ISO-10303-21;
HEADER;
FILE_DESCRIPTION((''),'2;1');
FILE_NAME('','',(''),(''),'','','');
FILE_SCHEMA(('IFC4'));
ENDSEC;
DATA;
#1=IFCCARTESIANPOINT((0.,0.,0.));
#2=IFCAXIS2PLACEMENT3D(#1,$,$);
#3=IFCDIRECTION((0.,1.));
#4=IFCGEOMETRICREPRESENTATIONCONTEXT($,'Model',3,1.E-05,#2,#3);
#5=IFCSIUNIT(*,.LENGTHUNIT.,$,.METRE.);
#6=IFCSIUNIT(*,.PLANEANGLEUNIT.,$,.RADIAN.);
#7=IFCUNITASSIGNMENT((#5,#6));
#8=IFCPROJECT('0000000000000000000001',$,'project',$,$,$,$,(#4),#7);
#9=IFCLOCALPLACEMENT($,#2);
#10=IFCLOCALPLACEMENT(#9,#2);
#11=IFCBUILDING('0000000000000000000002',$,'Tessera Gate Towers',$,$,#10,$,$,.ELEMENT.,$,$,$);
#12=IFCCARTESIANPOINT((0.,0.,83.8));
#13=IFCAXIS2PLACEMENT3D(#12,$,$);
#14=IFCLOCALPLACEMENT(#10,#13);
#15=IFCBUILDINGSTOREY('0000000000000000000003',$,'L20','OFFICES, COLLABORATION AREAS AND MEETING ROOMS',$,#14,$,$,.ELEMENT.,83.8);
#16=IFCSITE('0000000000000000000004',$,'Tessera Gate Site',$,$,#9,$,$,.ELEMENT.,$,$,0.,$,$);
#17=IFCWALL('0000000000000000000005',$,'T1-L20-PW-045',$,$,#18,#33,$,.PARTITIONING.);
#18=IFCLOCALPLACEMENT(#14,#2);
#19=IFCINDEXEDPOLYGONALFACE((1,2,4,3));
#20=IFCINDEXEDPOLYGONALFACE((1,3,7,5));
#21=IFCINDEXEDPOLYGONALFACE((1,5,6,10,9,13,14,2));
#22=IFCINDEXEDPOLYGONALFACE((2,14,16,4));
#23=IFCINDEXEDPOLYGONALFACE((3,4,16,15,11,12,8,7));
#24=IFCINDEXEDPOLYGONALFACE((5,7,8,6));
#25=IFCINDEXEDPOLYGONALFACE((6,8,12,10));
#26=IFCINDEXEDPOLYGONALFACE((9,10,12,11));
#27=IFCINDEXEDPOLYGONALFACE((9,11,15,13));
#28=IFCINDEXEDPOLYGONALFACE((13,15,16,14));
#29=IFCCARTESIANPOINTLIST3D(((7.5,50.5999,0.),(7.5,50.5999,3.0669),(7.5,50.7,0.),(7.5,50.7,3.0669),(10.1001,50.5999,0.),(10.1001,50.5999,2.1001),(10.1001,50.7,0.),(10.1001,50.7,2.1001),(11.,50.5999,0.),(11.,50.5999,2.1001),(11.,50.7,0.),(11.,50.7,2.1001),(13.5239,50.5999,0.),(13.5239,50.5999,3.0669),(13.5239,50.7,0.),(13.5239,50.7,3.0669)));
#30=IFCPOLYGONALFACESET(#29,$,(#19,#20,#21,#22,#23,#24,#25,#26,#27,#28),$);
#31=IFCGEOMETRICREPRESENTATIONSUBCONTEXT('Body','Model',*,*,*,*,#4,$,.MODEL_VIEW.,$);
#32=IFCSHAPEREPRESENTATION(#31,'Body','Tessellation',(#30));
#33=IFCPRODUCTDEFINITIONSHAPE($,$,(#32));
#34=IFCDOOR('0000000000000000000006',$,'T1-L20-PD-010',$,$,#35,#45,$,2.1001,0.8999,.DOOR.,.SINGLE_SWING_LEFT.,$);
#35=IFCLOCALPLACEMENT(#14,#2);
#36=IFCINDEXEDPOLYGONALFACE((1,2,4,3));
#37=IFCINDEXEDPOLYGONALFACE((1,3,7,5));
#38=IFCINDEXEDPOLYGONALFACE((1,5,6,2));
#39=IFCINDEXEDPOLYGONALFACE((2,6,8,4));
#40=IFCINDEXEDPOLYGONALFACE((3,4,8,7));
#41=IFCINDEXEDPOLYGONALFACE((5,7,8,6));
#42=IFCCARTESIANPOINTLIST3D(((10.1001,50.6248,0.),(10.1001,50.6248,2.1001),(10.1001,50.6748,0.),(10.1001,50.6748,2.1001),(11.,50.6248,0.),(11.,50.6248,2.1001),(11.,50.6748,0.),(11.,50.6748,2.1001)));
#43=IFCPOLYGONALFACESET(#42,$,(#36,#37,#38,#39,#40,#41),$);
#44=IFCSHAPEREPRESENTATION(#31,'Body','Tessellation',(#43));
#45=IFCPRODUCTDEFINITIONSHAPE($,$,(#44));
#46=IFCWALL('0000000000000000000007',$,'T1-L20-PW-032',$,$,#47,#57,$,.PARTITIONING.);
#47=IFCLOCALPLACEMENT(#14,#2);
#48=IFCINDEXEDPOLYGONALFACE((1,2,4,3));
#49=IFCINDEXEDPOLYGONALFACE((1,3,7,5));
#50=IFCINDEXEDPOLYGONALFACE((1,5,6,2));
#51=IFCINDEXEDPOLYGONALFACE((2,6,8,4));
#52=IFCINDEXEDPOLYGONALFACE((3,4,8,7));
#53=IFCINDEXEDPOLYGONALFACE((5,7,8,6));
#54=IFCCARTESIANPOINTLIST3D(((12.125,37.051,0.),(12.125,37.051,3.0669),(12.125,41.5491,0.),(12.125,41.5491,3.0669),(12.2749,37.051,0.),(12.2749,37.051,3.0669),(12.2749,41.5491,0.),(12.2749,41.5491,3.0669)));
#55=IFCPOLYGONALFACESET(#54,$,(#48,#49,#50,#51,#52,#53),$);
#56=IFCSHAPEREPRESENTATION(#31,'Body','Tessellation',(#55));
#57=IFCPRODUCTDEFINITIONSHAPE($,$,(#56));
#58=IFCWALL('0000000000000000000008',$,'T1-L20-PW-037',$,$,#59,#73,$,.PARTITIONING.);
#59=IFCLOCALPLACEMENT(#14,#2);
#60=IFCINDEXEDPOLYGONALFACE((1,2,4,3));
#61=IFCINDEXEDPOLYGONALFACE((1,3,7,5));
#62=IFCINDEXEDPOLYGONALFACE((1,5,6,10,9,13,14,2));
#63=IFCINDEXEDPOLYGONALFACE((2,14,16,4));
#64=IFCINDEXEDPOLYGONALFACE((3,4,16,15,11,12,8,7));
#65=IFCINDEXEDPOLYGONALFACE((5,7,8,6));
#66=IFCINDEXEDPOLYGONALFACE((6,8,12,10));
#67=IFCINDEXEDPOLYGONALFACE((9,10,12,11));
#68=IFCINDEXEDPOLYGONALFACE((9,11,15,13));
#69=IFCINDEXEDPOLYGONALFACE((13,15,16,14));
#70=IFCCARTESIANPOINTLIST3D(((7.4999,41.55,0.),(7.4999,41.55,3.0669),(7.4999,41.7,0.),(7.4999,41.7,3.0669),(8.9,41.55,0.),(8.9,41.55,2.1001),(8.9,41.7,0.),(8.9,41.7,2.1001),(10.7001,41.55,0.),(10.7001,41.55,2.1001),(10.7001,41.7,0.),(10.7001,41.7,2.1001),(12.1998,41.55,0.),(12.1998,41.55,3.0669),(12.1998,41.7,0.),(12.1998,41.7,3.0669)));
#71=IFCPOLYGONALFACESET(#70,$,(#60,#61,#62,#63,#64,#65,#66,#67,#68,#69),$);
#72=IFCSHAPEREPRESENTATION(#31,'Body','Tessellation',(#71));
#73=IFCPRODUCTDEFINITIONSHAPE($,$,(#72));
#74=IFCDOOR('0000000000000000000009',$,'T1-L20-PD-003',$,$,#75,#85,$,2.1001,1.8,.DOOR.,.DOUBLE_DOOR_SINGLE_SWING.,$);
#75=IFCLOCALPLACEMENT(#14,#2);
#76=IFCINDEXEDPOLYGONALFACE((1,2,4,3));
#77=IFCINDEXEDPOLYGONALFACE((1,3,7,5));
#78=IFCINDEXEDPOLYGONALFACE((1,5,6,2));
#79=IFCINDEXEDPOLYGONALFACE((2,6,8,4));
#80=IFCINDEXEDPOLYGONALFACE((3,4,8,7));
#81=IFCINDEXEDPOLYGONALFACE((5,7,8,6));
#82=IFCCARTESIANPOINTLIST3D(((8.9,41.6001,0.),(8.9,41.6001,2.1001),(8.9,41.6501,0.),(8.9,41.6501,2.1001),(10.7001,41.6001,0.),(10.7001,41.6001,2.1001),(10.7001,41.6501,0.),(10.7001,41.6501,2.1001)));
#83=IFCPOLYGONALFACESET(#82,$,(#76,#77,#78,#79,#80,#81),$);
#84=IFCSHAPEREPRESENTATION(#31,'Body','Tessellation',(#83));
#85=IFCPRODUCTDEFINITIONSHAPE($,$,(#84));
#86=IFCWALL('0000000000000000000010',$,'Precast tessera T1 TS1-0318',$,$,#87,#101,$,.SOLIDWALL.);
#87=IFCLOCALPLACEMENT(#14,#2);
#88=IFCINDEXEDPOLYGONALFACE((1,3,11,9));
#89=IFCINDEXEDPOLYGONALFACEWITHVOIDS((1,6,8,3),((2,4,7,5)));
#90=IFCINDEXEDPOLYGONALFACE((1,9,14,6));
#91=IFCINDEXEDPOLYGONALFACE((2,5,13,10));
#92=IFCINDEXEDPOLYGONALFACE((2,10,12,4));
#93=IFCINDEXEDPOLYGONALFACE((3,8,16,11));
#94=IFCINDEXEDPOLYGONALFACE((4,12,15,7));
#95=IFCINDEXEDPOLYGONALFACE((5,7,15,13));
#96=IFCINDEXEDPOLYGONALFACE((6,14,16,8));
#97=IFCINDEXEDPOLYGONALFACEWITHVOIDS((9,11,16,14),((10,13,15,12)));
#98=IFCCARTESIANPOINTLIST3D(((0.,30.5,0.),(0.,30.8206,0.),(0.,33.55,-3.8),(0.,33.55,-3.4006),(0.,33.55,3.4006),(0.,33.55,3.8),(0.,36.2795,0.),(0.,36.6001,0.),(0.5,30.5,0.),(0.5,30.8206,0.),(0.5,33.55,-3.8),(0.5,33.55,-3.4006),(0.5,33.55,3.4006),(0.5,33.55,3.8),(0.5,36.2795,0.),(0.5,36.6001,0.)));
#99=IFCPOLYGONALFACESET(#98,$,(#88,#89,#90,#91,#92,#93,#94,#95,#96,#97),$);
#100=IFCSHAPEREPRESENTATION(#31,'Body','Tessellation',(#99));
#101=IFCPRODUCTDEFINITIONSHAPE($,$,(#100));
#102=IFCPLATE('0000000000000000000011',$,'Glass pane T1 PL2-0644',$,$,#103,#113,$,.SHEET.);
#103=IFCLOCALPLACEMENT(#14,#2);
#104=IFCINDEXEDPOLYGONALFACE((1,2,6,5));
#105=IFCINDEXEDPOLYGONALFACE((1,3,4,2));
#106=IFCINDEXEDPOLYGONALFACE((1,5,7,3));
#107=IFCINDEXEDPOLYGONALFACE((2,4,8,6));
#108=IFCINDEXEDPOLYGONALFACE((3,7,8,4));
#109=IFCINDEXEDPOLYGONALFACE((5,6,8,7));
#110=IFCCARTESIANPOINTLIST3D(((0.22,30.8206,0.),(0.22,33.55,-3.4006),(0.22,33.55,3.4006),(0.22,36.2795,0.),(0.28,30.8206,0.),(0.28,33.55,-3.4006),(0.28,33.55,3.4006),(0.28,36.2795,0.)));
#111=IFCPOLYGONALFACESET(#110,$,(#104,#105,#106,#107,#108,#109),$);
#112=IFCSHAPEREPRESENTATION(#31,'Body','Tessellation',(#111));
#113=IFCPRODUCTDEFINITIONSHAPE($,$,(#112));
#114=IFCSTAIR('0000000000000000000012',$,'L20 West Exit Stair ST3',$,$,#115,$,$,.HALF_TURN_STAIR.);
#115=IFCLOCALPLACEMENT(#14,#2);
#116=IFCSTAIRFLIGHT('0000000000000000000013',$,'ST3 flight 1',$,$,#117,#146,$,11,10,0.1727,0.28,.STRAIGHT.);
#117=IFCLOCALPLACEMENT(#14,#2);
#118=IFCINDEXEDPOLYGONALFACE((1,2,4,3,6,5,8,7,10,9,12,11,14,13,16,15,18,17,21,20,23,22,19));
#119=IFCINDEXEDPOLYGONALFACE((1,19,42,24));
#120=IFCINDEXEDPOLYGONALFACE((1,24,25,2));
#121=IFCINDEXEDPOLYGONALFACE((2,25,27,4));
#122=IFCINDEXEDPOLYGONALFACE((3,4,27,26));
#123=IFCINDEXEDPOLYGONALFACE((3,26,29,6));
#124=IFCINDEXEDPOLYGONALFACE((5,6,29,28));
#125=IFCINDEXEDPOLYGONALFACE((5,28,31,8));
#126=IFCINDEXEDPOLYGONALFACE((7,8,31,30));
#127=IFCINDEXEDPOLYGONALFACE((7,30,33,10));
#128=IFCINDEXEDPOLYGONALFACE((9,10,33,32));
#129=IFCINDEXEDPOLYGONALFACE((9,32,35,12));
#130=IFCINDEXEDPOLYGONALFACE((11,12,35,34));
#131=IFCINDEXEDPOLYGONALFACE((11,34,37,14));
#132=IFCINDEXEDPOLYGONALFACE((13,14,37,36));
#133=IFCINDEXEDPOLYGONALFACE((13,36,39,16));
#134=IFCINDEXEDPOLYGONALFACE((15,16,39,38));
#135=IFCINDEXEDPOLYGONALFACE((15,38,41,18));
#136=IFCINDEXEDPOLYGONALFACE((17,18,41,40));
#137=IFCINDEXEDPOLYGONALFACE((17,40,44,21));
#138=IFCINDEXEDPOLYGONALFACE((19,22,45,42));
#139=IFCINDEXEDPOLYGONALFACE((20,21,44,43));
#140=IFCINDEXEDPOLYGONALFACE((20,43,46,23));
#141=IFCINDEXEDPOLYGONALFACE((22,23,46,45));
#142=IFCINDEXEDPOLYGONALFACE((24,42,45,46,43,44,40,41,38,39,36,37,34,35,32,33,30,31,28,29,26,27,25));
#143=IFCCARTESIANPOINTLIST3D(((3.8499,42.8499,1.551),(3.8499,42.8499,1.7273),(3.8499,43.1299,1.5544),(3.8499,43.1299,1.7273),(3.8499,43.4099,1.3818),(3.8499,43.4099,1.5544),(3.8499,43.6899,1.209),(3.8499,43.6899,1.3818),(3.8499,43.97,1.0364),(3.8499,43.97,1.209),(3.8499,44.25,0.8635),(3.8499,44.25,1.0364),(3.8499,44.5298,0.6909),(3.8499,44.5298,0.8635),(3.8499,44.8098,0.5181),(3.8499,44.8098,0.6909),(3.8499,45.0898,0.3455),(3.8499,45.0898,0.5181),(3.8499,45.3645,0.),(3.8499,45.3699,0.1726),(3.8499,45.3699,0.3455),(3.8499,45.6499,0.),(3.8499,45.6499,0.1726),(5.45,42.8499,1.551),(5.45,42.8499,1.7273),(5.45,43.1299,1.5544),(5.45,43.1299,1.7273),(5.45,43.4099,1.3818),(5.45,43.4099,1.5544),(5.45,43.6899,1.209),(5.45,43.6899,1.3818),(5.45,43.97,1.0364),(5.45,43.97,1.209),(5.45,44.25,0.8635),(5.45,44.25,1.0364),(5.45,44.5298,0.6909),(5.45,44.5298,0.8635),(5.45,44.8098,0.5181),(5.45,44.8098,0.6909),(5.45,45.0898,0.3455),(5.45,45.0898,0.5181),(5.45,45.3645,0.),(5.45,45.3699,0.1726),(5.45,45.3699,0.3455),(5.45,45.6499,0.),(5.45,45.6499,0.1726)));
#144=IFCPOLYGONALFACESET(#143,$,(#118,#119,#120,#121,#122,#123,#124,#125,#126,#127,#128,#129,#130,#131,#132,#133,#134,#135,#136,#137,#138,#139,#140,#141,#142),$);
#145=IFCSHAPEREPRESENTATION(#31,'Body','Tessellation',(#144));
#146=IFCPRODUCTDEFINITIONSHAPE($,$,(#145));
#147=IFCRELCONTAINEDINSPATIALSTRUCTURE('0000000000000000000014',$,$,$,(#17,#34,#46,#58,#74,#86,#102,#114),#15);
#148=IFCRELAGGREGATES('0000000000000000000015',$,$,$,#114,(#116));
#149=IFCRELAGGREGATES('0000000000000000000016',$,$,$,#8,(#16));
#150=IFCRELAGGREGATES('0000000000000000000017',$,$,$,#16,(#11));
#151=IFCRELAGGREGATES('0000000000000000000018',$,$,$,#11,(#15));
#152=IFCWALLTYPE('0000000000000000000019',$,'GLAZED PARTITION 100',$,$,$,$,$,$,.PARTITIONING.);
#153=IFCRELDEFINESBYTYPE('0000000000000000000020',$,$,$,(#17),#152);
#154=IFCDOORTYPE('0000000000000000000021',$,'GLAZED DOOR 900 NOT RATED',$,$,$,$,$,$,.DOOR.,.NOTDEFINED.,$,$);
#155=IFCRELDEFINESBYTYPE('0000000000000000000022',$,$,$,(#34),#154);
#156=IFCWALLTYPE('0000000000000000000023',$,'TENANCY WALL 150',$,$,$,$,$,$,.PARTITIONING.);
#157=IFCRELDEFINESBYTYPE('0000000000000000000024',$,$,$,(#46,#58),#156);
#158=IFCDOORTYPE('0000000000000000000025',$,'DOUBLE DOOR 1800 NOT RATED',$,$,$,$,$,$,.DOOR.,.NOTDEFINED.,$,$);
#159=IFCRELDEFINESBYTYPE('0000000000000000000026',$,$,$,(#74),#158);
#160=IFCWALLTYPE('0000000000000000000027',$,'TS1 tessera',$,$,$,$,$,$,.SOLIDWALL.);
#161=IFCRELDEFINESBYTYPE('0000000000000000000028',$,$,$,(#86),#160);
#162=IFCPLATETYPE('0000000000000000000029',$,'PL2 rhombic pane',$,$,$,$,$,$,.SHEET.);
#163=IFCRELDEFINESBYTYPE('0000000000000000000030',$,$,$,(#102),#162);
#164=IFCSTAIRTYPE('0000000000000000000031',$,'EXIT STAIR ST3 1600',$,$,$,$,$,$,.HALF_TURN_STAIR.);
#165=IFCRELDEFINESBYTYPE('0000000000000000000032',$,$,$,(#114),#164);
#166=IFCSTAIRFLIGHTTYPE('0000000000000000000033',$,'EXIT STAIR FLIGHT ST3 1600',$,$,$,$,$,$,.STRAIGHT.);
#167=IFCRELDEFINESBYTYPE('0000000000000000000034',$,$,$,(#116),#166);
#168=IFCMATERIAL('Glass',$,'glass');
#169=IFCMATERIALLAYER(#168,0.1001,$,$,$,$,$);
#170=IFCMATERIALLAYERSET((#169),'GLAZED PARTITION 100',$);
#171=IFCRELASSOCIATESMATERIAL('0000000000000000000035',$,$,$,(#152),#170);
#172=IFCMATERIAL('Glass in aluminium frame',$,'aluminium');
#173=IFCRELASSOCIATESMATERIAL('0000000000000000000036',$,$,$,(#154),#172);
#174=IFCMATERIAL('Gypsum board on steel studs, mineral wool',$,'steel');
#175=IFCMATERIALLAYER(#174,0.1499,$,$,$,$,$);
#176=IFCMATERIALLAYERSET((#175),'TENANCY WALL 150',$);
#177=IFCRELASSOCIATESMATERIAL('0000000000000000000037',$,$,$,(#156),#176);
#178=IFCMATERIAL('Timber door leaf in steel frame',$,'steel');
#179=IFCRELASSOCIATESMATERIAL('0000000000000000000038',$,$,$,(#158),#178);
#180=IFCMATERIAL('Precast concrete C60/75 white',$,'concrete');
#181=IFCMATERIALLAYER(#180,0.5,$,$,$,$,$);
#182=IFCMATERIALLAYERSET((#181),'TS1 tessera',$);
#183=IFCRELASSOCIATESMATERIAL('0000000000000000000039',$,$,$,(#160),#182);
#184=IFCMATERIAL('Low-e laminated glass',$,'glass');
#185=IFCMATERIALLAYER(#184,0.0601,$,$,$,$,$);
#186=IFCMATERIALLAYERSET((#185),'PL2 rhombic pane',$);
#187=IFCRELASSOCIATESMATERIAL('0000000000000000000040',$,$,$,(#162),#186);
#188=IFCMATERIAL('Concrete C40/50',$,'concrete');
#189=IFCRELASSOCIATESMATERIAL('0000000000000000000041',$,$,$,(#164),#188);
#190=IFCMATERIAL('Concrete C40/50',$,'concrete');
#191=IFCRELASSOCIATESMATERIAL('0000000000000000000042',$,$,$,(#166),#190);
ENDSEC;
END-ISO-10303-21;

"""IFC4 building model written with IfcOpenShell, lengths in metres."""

from ifc_helpers import new_model, si_unit, direction, frame, frame_2d, origin, place, context, subcontext, project, spatial, polyline, rectangle, outline, extrude, source, transform, mapped, material, layer, layer_set, type_object, element, fill, aggregate, save


model = new_model("IFC4")

# Units and contexts
model_context = context("Model", 3, precision=1e-05, world=origin(), true_north=direction((0.0, 1.0)))
body_context = subcontext(model_context, "Body", "Model", "MODEL_VIEW")
ifc_project = project(units=[si_unit("LENGTHUNIT", "METRE"), si_unit("PLANEANGLEUNIT", "RADIAN")], contexts=[model_context])

# Site, building, storey
site_placement = place(None, origin())
site = spatial("IfcSite", under=ifc_project, at=site_placement, Name="Tessera Gate Site", CompositionType="ELEMENT", RefElevation=0.0)
building_placement = place(site_placement, origin())
building = spatial("IfcBuilding", under=site, at=building_placement, Name="Tessera Gate Towers", CompositionType="ELEMENT")
storey_placement = place(building_placement, frame((0.0, 0.0, 83.8)))
storey = spatial("IfcBuildingStorey", under=building, at=storey_placement, Name="L20", Description="OFFICES, COLLABORATION AREAS AND MEETING ROOMS", CompositionType="ELEMENT", Elevation=83.8)

# Shared definitions
shared_shape_1 = source(origin(), body_context, "Body", "SweptSolid", [
    extrude(rectangle(XDim=1.8, YDim=2.1001, at=frame_2d((0.8999, 1.05))), frame((0.0, 0.085, 0.0), z_axis=(0.0, -1.0, 0.0), x_axis=(1.0, 0.0, 0.0)), (0.0, 0.0, 1.0), 0.1699),
])
shared_shape_2 = source(origin(), body_context, "Body", "SweptSolid", [
    extrude(rectangle(XDim=0.8999, YDim=2.1001, at=frame_2d((0.45, 1.05))), frame((0.0, 0.0249, 0.0), z_axis=(0.0, -1.0, 0.0), x_axis=(1.0, 0.0, 0.0)), (0.0, 0.0, 1.0), 0.05),
])
shared_shape_3 = source(origin(), body_context, "Body", "SweptSolid", [
    extrude(rectangle(XDim=1.8, YDim=2.1001, at=frame_2d((0.8999, 1.05))), frame((0.0, 0.0249, 0.0), z_axis=(0.0, -1.0, 0.0), x_axis=(1.0, 0.0, 0.0)), (0.0, 0.0, 1.0), 0.05),
])

# Wall, opening, door
ifc_material_1 = material(Name="Glass", Category="glass")
ifc_layer_1 = layer(ifc_material_1, 0.1001)
ifc_layer_set_1 = layer_set([ifc_layer_1], Name="GLAZED PARTITION 100")
wall_type_1 = type_object("IfcWallType", Name="GLAZED PARTITION 100", PredefinedType="PARTITIONING", material=ifc_layer_set_1)
wall_1_placement = place(storey_placement, frame((7.5, 50.6499, 0.0), z_axis=(0.0, 0.0, 1.0), x_axis=(1.0, 0.0, 0.0)))
wall_1 = element("IfcWall", 1, at=wall_1_placement, inside=storey, type_object=wall_type_1, Name="T1-L20-PW-045", PredefinedType="PARTITIONING", context=body_context, shape_type="SweptSolid", body=[
    extrude(rectangle(XDim=6.0239, YDim=0.1001, at=frame_2d((3.012, 0.0))), origin(), (0.0, 0.0, 1.0), 3.0669),
])
shared_shape_4 = source(origin(), body_context, "Body", "SweptSolid", [
    extrude(rectangle(XDim=0.8999, YDim=2.1001, at=frame_2d((0.45, 1.05))), frame((0.0, 0.0601, 0.0), z_axis=(0.0, -1.0, 0.0), x_axis=(1.0, 0.0, 0.0)), (0.0, 0.0, 1.0), 0.1201),
])
opening_1_placement = place(wall_1_placement, frame((2.6001, 0.0, 0.0)))
opening_1 = element("IfcOpeningElement", 2, at=opening_1_placement, cuts=wall_1, PredefinedType="OPENING", context=body_context, shape_type="MappedRepresentation", body=[
    mapped(shared_shape_4, transform((0.0, 0.0, 0.0), scale=1.0)),
])
ifc_material_2 = material(Name="Glass in aluminium frame", Category="aluminium")
door_type_1 = type_object("IfcDoorType", Name="GLAZED DOOR 900 NOT RATED", OperationType="NOTDEFINED", PredefinedType="DOOR", material=ifc_material_2)
door_1_placement = place(opening_1_placement, origin())
door_1 = element("IfcDoor", 3, at=door_1_placement, inside=storey, type_object=door_type_1, Name="T1-L20-PD-010", OperationType="SINGLE_SWING_LEFT", OverallHeight=2.1001, OverallWidth=0.8999, PredefinedType="DOOR", context=body_context, shape_type="MappedRepresentation", body=[
    mapped(shared_shape_2, transform((0.0, 0.0, 0.0), scale=1.0)),
])
fill(opening_1, door_1)

# Wall
ifc_material_3 = material(Name="Gypsum board on steel studs, mineral wool", Category="steel")
ifc_layer_2 = layer(ifc_material_3, 0.1499)
ifc_layer_set_2 = layer_set([ifc_layer_2], Name="TENANCY WALL 150")
wall_type_2 = type_object("IfcWallType", Name="TENANCY WALL 150", PredefinedType="PARTITIONING", material=ifc_layer_set_2)
wall_2_placement = place(storey_placement, frame((12.2, 37.051, 0.0), z_axis=(0.0, 0.0, 1.0), x_axis=(0.0, 1.0, 0.0)))
element("IfcWall", 4, at=wall_2_placement, inside=storey, type_object=wall_type_2, Name="T1-L20-PW-032", PredefinedType="PARTITIONING", context=body_context, shape_type="SweptSolid", body=[
    extrude(rectangle(XDim=4.498, YDim=0.1499, at=frame_2d((2.249, 0.0))), origin(), (0.0, 0.0, 1.0), 3.0669),
])

# Wall, opening, door
wall_3_placement = place(storey_placement, frame((12.2, 41.625, 0.0), z_axis=(0.0, 0.0, 1.0), x_axis=(-1.0, 0.0, 0.0)))
wall_3 = element("IfcWall", 5, at=wall_3_placement, inside=storey, type_object=wall_type_2, Name="T1-L20-PW-037", PredefinedType="PARTITIONING", context=body_context, shape_type="SweptSolid", body=[
    extrude(rectangle(XDim=4.7, YDim=0.1499, at=frame_2d((2.3501, 0.0))), origin(), (0.0, 0.0, 1.0), 3.0669),
])
opening_2_placement = place(wall_3_placement, frame((1.5, 0.0, 0.0)))
opening_2 = element("IfcOpeningElement", 6, at=opening_2_placement, cuts=wall_3, PredefinedType="OPENING", context=body_context, shape_type="MappedRepresentation", body=[
    mapped(shared_shape_1, transform((0.0, 0.0, 0.0), scale=1.0)),
])
ifc_material_4 = material(Name="Timber door leaf in steel frame", Category="steel")
door_type_2 = type_object("IfcDoorType", Name="DOUBLE DOOR 1800 NOT RATED", OperationType="NOTDEFINED", PredefinedType="DOOR", material=ifc_material_4)
door_2_placement = place(opening_2_placement, origin())
door_2 = element("IfcDoor", 7, at=door_2_placement, inside=storey, type_object=door_type_2, Name="T1-L20-PD-003", OperationType="DOUBLE_DOOR_SINGLE_SWING", OverallHeight=2.1001, OverallWidth=1.8, PredefinedType="DOOR", context=body_context, shape_type="MappedRepresentation", body=[
    mapped(shared_shape_3, transform((0.0, 0.0, 0.0), scale=1.0)),
])
fill(opening_2, door_2)

# Wall, opening, plate
ifc_material_5 = material(Name="Precast concrete C60/75 white", Category="concrete")
ifc_layer_3 = layer(ifc_material_5, 0.5)
ifc_layer_set_3 = layer_set([ifc_layer_3], Name="TS1 tessera")
wall_type_3 = type_object("IfcWallType", Name="TS1 tessera", PredefinedType="SOLIDWALL", material=ifc_layer_set_3)
shared_shape_5 = source(origin(), body_context, "Body", "SweptSolid", [
    extrude(outline(polyline([(3.05, 0.0), (6.1001, 3.8), (3.05, 7.6001), (0.0, 3.8), (3.05, 0.0)])), frame((0.0, 0.25, 0.0), z_axis=(0.0, -1.0, 0.0), x_axis=(1.0, 0.0, 0.0)), (0.0, 0.0, 1.0), 0.5),
])
wall_4_placement = place(storey_placement, frame((0.25, 36.6001, -3.8), z_axis=(0.0, 0.0, 1.0), x_axis=(0.0, -1.0, 0.0)))
wall_4 = element("IfcWall", 8, at=wall_4_placement, inside=storey, type_object=wall_type_3, Name="Precast tessera T1 TS1-0318", PredefinedType="SOLIDWALL", context=body_context, shape_type="MappedRepresentation", body=[
    mapped(shared_shape_5, transform((0.0, 0.0, 0.0), scale=1.0)),
])
shared_shape_6 = source(origin(), body_context, "Body", "SweptSolid", [
    extrude(outline(polyline([(3.05, 0.3994), (5.7795, 3.8), (3.05, 7.2007), (0.3206, 3.8), (3.05, 0.3994)])), frame((0.0, 0.26, 0.0), z_axis=(0.0, -1.0, 0.0), x_axis=(1.0, 0.0, 0.0)), (0.0, 0.0, 1.0), 0.52),
])
opening_3_placement = place(wall_4_placement, origin())
opening_3 = element("IfcOpeningElement", 9, at=opening_3_placement, cuts=wall_4, PredefinedType="OPENING", context=body_context, shape_type="MappedRepresentation", body=[
    mapped(shared_shape_6, transform((0.0, 0.0, 0.0), scale=1.0)),
])
ifc_material_6 = material(Name="Low-e laminated glass", Category="glass")
ifc_layer_4 = layer(ifc_material_6, 0.0601)
ifc_layer_set_4 = layer_set([ifc_layer_4], Name="PL2 rhombic pane")
plate_type = type_object("IfcPlateType", Name="PL2 rhombic pane", PredefinedType="SHEET", material=ifc_layer_set_4)
shared_shape_7 = source(origin(), body_context, "Body", "SweptSolid", [
    extrude(outline(polyline([(3.05, 0.3994), (5.7795, 3.8), (3.05, 7.2007), (0.3206, 3.8), (3.05, 0.3994)])), frame((0.0, 0.03, 0.0), z_axis=(0.0, -1.0, 0.0), x_axis=(1.0, 0.0, 0.0)), (0.0, 0.0, 1.0), 0.0601),
])
plate_placement = place(opening_3_placement, origin())
plate = element("IfcPlate", 10, at=plate_placement, inside=storey, type_object=plate_type, Name="Glass pane T1 PL2-0644", PredefinedType="SHEET", context=body_context, shape_type="MappedRepresentation", body=[
    mapped(shared_shape_7, transform((0.0, 0.0, 0.0), scale=1.0)),
])
fill(opening_3, plate)

# Stair, stair flight
ifc_material_7 = material(Name="Concrete C40/50", Category="concrete")
stair_type = type_object("IfcStairType", Name="EXIT STAIR ST3 1600", PredefinedType="HALF_TURN_STAIR", material=ifc_material_7)
stair_placement = place(storey_placement, origin())
stair = element("IfcStair", 11, at=stair_placement, inside=storey, type_object=stair_type, Name="L20 West Exit Stair ST3", PredefinedType="HALF_TURN_STAIR")
ifc_material_8 = material(Name="Concrete C40/50", Category="concrete")
stair_flight_type = type_object("IfcStairFlightType", Name="EXIT STAIR FLIGHT ST3 1600", PredefinedType="STRAIGHT", material=ifc_material_8)
stair_flight_1_placement = place(storey_placement, frame((4.6499, 45.6499, 0.0), z_axis=(0.0, 0.0, 1.0), x_axis=(0.0, -1.0, 0.0)))
stair_flight_1 = element("IfcStairFlight", 12, at=stair_flight_1_placement, type_object=stair_flight_type, Name="ST3 flight 1", NumberOfRisers=11, NumberOfTreads=10, PredefinedType="STRAIGHT", RiserHeight=0.1727, TreadLength=0.28, context=body_context, shape_type="SweptSolid", body=[
    extrude(outline(polyline([(0.0, 0.0), (0.0, 0.1726), (0.28, 0.1726), (0.28, 0.3455), (0.5601, 0.3455), (0.5601, 0.5181), (0.8401, 0.5181), (0.8401, 0.6909), (1.1201, 0.6909), (1.1201, 0.8635), (1.3999, 0.8635), (1.3999, 1.0364), (1.6799, 1.0364), (1.6799, 1.209), (1.96, 1.209), (1.96, 1.3818), (2.24, 1.3818), (2.24, 1.5544), (2.52, 1.5544), (2.52, 1.7273), (2.8, 1.7273), (2.8, 1.8999), (2.8, 1.551), (0.2854, 0.0), (0.0, 0.0)])), frame((0.0, 0.8, 0.0), z_axis=(0.0, -1.0, 0.0), x_axis=(1.0, 0.0, 0.0)), (0.0, 0.0, 1.0), 1.6001),
])
aggregate(stair, [stair_flight_1])

save(model, "model.ifc")
